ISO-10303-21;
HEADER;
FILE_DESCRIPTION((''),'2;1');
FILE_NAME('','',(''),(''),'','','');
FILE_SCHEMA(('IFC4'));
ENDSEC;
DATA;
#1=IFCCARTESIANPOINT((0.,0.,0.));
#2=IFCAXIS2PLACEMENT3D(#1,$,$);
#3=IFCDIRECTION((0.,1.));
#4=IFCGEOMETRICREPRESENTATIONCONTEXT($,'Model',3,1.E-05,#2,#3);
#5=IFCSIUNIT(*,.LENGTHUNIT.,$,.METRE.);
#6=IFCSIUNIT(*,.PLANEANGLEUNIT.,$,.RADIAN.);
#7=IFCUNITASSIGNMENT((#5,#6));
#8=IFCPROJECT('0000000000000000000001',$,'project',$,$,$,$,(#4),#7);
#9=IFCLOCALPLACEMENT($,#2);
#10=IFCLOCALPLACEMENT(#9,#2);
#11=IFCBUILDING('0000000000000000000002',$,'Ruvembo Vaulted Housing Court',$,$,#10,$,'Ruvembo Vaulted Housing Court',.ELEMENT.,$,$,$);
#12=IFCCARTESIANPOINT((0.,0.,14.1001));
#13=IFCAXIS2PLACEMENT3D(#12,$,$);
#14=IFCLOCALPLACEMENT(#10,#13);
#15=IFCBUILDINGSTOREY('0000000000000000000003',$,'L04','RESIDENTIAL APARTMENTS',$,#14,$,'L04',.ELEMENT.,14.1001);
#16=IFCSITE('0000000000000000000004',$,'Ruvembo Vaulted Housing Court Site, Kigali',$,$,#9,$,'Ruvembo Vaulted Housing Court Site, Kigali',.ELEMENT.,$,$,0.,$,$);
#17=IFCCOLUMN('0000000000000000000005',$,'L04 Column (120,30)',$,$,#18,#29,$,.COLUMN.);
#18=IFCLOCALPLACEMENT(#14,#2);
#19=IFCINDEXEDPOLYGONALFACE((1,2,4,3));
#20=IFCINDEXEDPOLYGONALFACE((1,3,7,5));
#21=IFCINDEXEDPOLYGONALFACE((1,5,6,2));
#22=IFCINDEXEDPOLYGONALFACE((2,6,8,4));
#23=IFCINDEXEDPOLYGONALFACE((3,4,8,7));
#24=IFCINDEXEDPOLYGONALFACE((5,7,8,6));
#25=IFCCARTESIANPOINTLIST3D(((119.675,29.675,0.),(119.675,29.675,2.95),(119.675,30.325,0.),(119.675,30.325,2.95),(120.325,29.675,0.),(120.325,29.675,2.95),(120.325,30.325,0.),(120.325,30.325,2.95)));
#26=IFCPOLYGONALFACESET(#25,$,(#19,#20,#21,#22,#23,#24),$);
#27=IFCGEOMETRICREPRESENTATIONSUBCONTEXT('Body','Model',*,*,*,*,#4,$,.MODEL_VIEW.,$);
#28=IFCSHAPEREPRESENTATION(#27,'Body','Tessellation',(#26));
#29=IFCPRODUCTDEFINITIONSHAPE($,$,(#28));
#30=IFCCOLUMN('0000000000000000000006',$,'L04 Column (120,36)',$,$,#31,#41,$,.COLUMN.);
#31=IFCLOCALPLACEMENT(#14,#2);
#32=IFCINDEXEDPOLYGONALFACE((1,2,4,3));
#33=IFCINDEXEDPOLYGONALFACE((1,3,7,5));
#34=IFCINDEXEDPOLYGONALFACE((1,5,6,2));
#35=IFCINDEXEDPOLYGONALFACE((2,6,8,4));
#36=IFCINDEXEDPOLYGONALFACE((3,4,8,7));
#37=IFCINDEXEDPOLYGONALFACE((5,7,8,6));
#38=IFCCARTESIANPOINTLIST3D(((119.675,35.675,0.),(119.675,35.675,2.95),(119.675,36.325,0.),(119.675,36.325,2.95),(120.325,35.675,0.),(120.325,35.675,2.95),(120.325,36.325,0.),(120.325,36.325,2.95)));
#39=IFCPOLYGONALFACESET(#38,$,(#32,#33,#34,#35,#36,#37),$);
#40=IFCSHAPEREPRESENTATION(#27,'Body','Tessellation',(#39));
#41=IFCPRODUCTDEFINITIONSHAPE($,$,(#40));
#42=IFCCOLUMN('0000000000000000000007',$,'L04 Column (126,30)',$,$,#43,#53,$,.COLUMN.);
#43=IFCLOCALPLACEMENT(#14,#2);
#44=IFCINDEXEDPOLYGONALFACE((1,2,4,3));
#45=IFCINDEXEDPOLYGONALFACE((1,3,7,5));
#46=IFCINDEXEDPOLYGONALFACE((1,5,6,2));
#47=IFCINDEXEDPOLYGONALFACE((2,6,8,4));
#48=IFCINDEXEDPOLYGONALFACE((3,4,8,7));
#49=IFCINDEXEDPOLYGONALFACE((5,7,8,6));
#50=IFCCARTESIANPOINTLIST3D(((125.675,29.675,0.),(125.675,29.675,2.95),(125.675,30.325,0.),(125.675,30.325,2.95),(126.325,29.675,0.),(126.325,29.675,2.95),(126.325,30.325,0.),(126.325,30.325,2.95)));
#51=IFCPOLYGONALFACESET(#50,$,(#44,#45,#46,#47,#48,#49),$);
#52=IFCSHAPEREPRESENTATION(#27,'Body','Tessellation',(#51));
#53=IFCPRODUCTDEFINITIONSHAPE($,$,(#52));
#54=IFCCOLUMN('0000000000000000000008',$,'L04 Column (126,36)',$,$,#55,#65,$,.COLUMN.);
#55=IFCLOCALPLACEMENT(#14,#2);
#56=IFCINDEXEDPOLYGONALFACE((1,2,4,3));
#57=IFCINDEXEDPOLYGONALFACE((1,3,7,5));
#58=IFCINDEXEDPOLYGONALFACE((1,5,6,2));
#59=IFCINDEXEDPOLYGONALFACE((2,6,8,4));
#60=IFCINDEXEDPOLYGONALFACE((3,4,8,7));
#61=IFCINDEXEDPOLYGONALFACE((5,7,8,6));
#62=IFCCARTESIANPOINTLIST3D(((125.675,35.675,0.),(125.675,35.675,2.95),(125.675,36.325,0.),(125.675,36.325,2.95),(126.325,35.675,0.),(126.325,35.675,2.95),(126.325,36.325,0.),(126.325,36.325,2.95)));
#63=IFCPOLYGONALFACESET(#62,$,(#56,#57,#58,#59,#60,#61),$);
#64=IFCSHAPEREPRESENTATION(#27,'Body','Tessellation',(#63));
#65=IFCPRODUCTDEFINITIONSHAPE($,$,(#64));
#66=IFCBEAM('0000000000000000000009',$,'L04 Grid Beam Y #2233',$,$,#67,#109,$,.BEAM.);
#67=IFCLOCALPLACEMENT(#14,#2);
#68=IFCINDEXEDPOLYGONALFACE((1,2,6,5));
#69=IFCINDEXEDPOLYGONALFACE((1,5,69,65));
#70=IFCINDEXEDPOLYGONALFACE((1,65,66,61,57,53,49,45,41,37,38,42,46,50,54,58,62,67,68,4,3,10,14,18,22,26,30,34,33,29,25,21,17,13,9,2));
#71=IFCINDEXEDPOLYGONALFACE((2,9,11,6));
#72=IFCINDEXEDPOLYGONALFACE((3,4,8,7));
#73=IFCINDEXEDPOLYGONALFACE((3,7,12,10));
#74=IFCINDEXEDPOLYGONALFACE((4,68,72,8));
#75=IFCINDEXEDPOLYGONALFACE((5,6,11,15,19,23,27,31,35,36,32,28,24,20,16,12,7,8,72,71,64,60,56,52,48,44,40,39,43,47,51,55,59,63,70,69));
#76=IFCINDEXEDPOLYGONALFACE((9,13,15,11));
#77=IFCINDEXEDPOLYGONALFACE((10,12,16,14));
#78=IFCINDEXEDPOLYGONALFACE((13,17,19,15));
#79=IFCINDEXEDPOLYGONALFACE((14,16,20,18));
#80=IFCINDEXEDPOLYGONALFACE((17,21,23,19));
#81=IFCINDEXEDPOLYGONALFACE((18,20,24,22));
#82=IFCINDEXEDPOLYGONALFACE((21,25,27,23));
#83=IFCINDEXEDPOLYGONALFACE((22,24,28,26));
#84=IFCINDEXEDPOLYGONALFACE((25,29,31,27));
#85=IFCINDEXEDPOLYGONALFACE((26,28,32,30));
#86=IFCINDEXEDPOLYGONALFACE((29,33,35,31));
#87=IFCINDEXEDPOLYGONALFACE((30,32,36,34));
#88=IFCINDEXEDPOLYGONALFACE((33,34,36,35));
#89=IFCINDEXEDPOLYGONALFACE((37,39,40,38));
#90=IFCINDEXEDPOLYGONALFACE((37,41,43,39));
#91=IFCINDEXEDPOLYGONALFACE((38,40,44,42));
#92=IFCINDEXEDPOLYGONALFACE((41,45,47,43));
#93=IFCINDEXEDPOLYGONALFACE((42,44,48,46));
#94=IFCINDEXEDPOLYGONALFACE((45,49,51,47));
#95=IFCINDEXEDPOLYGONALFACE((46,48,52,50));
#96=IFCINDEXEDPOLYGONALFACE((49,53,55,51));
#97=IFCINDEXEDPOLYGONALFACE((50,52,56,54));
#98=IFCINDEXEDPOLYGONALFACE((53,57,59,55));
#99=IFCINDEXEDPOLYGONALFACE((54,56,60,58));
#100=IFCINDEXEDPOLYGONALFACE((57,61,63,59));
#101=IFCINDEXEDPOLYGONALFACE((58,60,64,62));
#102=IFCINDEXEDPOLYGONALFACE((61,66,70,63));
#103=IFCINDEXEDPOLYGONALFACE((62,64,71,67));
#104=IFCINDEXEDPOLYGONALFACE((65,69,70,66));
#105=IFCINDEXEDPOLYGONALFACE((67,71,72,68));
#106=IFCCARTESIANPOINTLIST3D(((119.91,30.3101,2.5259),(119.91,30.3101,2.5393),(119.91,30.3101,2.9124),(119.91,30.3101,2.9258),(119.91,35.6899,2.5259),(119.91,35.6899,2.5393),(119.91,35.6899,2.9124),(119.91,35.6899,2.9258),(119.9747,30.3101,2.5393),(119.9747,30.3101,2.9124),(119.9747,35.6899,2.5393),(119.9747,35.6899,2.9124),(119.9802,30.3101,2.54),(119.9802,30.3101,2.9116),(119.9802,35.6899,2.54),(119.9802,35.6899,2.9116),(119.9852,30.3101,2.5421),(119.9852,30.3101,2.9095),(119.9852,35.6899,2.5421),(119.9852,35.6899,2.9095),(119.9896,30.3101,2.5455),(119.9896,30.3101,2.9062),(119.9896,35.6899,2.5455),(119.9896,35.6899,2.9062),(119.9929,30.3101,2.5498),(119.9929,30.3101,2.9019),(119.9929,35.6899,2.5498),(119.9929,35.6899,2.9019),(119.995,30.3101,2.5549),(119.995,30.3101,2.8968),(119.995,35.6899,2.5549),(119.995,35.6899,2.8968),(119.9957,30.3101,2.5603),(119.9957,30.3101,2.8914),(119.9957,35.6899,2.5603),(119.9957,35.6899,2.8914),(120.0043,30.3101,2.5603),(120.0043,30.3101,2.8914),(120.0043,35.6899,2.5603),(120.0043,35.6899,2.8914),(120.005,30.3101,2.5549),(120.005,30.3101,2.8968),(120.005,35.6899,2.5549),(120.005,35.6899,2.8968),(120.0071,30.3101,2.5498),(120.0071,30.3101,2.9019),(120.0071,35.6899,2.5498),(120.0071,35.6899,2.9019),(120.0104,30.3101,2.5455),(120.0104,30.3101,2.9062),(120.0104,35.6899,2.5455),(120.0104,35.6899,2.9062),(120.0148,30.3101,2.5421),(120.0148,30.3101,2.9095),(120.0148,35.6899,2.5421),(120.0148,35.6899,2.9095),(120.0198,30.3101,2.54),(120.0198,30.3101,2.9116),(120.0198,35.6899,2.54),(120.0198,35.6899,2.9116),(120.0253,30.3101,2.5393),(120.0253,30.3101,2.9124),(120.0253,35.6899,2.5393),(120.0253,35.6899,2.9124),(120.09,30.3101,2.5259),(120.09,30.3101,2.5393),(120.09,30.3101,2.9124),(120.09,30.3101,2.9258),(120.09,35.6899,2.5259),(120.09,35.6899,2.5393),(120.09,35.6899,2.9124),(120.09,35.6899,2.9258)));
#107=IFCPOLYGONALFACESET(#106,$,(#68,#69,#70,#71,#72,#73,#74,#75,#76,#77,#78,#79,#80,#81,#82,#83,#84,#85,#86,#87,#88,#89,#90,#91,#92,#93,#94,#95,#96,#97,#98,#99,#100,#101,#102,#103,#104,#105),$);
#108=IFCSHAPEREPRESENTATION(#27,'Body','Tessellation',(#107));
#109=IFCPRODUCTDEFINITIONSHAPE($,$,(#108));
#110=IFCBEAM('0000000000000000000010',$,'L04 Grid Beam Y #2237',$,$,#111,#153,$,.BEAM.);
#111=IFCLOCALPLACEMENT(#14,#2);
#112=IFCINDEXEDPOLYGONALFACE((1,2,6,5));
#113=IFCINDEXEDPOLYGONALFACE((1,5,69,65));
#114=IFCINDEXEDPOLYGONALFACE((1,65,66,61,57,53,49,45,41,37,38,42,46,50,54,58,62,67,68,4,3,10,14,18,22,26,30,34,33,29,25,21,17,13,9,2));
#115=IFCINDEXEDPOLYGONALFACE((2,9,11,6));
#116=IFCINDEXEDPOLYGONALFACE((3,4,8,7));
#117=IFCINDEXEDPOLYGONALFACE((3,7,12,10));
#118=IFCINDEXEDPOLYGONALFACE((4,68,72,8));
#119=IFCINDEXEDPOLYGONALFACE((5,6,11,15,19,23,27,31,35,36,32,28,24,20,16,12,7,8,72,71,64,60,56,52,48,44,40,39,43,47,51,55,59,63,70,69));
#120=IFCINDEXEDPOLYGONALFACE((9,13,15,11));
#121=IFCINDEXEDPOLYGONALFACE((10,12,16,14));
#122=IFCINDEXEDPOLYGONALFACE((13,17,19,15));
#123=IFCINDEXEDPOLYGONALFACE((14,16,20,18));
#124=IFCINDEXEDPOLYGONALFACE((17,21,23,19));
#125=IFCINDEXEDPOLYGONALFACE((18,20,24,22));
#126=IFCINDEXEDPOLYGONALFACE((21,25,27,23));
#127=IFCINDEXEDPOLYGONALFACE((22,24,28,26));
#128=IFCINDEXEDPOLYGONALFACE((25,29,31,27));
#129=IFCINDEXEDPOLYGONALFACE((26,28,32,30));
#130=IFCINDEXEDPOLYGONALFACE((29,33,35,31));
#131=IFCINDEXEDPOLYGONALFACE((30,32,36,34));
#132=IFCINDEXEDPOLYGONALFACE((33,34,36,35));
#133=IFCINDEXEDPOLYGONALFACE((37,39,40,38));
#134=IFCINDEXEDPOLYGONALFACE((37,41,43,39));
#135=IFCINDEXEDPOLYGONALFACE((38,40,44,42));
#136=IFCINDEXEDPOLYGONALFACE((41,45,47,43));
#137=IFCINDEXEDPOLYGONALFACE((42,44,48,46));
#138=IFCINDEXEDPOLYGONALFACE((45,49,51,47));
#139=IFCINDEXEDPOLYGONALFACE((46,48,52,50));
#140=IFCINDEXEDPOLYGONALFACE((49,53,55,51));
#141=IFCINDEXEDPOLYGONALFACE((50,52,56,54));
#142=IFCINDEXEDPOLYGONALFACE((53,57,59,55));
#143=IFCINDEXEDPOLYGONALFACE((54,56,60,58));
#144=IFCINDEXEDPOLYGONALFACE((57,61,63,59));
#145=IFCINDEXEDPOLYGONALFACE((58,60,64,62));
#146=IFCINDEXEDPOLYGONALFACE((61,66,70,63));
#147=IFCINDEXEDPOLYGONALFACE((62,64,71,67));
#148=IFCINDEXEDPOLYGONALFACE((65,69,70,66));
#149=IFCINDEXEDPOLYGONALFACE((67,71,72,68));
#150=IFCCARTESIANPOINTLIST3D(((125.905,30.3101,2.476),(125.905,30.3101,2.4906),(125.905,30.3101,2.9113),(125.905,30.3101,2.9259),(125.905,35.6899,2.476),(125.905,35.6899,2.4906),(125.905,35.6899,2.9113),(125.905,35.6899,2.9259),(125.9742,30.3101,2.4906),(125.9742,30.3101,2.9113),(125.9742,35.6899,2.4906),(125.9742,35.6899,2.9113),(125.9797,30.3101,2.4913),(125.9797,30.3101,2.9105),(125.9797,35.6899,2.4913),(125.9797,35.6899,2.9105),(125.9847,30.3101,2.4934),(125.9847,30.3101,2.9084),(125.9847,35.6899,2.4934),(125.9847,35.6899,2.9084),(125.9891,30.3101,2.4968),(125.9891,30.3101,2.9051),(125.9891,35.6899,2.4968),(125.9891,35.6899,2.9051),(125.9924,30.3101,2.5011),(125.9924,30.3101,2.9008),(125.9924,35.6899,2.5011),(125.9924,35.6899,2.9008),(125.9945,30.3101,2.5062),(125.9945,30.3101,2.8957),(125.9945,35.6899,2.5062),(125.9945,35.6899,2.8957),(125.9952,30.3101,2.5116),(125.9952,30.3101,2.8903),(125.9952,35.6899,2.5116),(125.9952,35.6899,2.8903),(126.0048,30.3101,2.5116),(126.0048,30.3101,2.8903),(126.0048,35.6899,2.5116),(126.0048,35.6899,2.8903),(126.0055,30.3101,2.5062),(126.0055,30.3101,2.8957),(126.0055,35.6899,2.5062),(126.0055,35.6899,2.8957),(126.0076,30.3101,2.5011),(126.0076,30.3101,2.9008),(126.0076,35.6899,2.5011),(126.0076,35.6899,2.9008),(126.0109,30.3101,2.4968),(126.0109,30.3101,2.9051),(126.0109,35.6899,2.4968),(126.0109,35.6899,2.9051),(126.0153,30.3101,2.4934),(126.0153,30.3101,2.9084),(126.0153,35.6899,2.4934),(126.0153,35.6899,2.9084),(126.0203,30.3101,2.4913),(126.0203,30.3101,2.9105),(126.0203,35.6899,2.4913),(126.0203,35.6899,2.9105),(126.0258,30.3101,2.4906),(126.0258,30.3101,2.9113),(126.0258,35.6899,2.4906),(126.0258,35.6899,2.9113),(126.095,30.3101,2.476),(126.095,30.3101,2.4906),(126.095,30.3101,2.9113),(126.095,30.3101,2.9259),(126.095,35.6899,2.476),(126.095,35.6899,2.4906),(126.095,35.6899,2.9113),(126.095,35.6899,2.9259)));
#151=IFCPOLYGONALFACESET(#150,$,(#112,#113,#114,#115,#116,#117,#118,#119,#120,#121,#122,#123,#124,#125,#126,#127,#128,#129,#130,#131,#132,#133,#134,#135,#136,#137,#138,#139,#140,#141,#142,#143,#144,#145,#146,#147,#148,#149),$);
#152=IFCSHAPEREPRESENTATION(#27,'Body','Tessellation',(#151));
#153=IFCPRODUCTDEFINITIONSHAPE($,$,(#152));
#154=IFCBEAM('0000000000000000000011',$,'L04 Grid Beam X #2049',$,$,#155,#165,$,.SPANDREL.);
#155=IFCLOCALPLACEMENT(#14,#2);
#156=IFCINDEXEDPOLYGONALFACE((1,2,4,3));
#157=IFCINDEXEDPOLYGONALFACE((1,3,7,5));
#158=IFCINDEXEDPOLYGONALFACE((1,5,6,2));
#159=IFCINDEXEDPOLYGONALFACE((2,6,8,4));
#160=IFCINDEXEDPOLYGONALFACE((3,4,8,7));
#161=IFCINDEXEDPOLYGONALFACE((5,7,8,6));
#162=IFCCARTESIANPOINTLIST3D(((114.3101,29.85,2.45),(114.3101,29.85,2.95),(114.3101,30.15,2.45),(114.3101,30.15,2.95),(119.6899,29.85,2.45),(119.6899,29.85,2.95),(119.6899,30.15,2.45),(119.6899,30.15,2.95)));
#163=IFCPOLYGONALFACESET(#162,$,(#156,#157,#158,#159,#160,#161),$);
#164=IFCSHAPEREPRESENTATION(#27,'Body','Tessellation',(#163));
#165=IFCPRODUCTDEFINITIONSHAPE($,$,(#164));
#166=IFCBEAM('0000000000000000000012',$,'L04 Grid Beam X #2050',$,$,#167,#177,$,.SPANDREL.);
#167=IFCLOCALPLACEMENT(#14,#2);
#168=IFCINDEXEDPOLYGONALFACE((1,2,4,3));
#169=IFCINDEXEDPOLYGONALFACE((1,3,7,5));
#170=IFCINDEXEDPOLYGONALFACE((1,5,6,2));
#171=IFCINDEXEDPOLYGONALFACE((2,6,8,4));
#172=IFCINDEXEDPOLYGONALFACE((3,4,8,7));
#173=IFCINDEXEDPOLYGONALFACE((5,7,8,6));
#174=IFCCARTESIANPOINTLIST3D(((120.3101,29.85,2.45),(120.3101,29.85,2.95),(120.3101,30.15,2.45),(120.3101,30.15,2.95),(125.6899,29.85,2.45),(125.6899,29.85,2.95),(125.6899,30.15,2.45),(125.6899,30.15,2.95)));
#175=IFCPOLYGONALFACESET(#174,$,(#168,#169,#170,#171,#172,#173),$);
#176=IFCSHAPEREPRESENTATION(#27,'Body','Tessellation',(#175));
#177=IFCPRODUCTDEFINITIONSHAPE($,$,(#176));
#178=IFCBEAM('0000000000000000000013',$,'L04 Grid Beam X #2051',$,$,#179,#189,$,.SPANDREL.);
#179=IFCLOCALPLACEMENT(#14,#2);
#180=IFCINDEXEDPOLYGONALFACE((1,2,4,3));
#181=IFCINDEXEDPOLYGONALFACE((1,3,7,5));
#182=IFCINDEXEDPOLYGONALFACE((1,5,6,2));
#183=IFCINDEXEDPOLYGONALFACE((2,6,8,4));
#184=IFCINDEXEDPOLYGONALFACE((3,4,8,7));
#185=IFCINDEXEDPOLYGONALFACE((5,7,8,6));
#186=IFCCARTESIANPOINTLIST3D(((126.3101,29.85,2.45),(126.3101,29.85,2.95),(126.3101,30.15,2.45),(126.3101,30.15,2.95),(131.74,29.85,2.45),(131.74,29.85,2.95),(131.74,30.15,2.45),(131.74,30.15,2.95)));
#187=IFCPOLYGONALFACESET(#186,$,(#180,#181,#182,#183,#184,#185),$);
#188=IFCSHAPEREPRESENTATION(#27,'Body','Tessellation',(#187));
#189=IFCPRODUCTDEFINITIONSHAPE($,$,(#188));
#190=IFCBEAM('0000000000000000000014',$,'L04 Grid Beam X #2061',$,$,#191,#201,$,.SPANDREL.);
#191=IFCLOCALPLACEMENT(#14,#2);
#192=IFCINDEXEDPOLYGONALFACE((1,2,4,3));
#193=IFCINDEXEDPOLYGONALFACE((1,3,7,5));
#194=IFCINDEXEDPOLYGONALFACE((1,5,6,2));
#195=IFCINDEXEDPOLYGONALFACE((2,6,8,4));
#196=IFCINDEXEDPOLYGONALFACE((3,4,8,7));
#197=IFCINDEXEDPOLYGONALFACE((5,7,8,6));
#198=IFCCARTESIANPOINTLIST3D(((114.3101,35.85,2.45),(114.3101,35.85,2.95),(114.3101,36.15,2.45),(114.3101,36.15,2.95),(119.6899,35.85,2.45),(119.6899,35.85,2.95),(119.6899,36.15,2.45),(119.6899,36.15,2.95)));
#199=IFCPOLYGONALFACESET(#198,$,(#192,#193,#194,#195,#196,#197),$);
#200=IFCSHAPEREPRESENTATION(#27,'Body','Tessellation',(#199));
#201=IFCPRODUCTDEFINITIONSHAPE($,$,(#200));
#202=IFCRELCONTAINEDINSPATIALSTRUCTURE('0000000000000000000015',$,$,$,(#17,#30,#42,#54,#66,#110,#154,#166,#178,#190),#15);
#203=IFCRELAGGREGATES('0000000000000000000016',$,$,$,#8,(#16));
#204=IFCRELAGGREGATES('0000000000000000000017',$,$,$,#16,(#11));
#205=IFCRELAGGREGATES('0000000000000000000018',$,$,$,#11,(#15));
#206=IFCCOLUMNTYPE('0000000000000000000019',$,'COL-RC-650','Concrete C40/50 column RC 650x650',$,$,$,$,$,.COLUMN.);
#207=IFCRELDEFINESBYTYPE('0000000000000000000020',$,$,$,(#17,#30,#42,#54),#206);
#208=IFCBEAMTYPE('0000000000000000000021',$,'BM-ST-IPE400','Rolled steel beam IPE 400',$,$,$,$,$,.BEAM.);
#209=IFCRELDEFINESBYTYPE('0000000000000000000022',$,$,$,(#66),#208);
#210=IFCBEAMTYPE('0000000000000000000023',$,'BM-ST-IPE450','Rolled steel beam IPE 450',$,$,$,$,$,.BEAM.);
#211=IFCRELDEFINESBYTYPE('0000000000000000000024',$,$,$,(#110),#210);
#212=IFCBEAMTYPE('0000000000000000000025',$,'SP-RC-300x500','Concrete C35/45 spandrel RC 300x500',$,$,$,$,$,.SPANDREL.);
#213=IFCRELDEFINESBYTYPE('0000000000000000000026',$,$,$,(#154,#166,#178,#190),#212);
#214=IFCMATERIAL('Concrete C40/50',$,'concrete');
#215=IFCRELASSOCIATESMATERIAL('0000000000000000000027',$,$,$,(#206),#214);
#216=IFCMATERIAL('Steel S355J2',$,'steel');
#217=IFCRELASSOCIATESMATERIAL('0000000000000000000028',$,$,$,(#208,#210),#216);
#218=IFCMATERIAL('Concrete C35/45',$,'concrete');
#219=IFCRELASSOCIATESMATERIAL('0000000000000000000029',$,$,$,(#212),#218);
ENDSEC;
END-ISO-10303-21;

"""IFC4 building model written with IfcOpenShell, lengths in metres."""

from ifc_helpers import new_model, si_unit, direction, frame, origin, origin_2d, place, context, subcontext, project, spatial, rectangle, i_section, extrude, material, material_profile, profile_set, type_object, element, save


model = new_model("IFC4")

# Units and contexts
model_context = context("Model", 3, precision=1e-05, world=origin(), true_north=direction((0.0, 1.0)))
body_context = subcontext(model_context, "Body", "Model", "MODEL_VIEW")
ifc_project = project(units=[si_unit("LENGTHUNIT", "METRE"), si_unit("PLANEANGLEUNIT", "RADIAN")], contexts=[model_context])

# Site, building, storey
site_placement = place(None, origin())
site = spatial("IfcSite", under=ifc_project, at=site_placement, Name="Ruvembo Vaulted Housing Court Site, Kigali", LongName="Ruvembo Vaulted Housing Court Site, Kigali", CompositionType="ELEMENT", RefElevation=0.0)
building_placement = place(site_placement, origin())
building = spatial("IfcBuilding", under=site, at=building_placement, Name="Ruvembo Vaulted Housing Court", LongName="Ruvembo Vaulted Housing Court", CompositionType="ELEMENT")
storey_placement = place(building_placement, frame((0.0, 0.0, 14.1001)))
storey = spatial("IfcBuildingStorey", under=building, at=storey_placement, Name="L04", Description="RESIDENTIAL APARTMENTS", LongName="L04", CompositionType="ELEMENT", Elevation=14.1001)

# Columns
ifc_material_1 = material(Name="Concrete C40/50", Category="concrete")
ifc_material_profile_1 = material_profile(ifc_material_1, rectangle(XDim=0.6499, YDim=0.6499, at=origin_2d()), Name="RC 650x650")
ifc_profile_set_1 = profile_set([ifc_material_profile_1], Name="Concrete C40/50")
column_type = type_object("IfcColumnType", Name="COL-RC-650", Description="Concrete C40/50 column RC 650x650", PredefinedType="COLUMN", material=ifc_profile_set_1)
for number, where, z_axis, x_axis, name in (
    (1, (120.0, 30.0, 0.0), (0.0, 0.0, 1.0), (1.0, 0.0, 0.0), "L04 Column (120,30)"),
    (2, (120.0, 36.0, 0.0), (0.0, 0.0, 1.0), (1.0, 0.0, 0.0), "L04 Column (120,36)"),
    (3, (126.0, 30.0, 0.0), (0.0, 0.0, 1.0), (1.0, 0.0, 0.0), "L04 Column (126,30)"),
    (4, (126.0, 36.0, 0.0), (0.0, 0.0, 1.0), (1.0, 0.0, 0.0), "L04 Column (126,36)"),
):
    element("IfcColumn", number, at=place(storey_placement, frame(where, z_axis=z_axis, x_axis=x_axis)), inside=storey, type_object=column_type, Name=name, PredefinedType="COLUMN", context=body_context, shape_type="SweptSolid", body=[
        extrude(rectangle(XDim=0.6499, YDim=0.6499, at=origin_2d()), origin(), (0.0, 0.0, 1.0), 2.95),
    ])

# Beams
ifc_material_2 = material(Name="Steel S355J2", Category="steel")
ifc_material_profile_2 = material_profile(ifc_material_2, i_section(OverallWidth=0.1799, OverallDepth=0.3999, WebThickness=0.0085, FlangeThickness=0.0134, FilletRadius=0.021, at=origin_2d()), Name="IPE 400")
ifc_profile_set_2 = profile_set([ifc_material_profile_2], Name="Steel S355J2")
beam_type_1 = type_object("IfcBeamType", Name="BM-ST-IPE400", Description="Rolled steel beam IPE 400", PredefinedType="BEAM", material=ifc_profile_set_2)
beam_1_placement = place(storey_placement, frame((120.0, 30.3101, 2.7258), z_axis=(0.0, 1.0, 0.0), x_axis=(-1.0, 0.0, 0.0)))
element("IfcBeam", 5, at=beam_1_placement, inside=storey, type_object=beam_type_1, Name="L04 Grid Beam Y #2233", PredefinedType="BEAM", context=body_context, shape_type="SweptSolid", body=[
    extrude(i_section(OverallWidth=0.1799, OverallDepth=0.3999, WebThickness=0.0085, FlangeThickness=0.0134, FilletRadius=0.021, at=origin_2d()), origin(), (0.0, 0.0, 1.0), 5.3799),
])
ifc_material_profile_3 = material_profile(ifc_material_2, i_section(OverallWidth=0.1899, OverallDepth=0.45, WebThickness=0.0095, FlangeThickness=0.0146, FilletRadius=0.021, at=origin_2d()), Name="IPE 450")
ifc_profile_set_3 = profile_set([ifc_material_profile_3], Name="Steel S355J2")
beam_type_2 = type_object("IfcBeamType", Name="BM-ST-IPE450", Description="Rolled steel beam IPE 450", PredefinedType="BEAM", material=ifc_profile_set_3)
beam_2_placement = place(storey_placement, frame((126.0, 30.3101, 2.7009), z_axis=(0.0, 1.0, 0.0), x_axis=(-1.0, 0.0, 0.0)))
element("IfcBeam", 6, at=beam_2_placement, inside=storey, type_object=beam_type_2, Name="L04 Grid Beam Y #2237", PredefinedType="BEAM", context=body_context, shape_type="SweptSolid", body=[
    extrude(i_section(OverallWidth=0.1899, OverallDepth=0.45, WebThickness=0.0095, FlangeThickness=0.0146, FilletRadius=0.021, at=origin_2d()), origin(), (0.0, 0.0, 1.0), 5.3799),
])
ifc_material_3 = material(Name="Concrete C35/45", Category="concrete")
ifc_material_profile_4 = material_profile(ifc_material_3, rectangle(XDim=0.3, YDim=0.5, at=origin_2d()), Name="RC 300x500")
ifc_profile_set_4 = profile_set([ifc_material_profile_4], Name="Concrete C35/45")
beam_type_3 = type_object("IfcBeamType", Name="SP-RC-300x500", Description="Concrete C35/45 spandrel RC 300x500", PredefinedType="SPANDREL", material=ifc_profile_set_4)
for number, where, z_axis, x_axis, name in (
    (7, (114.3101, 30.0, 2.7), (1.0, 0.0, 0.0), (0.0, 1.0, 0.0), "L04 Grid Beam X #2049"),
    (8, (120.3101, 30.0, 2.7), (1.0, 0.0, 0.0), (0.0, 1.0, 0.0), "L04 Grid Beam X #2050"),
):
    element("IfcBeam", number, at=place(storey_placement, frame(where, z_axis=z_axis, x_axis=x_axis)), inside=storey, type_object=beam_type_3, Name=name, PredefinedType="SPANDREL", context=body_context, shape_type="SweptSolid", body=[
        extrude(rectangle(XDim=0.3, YDim=0.5, at=origin_2d()), origin(), (0.0, 0.0, 1.0), 5.3799),
    ])
beam_3_placement = place(storey_placement, frame((126.3101, 30.0, 2.7), z_axis=(1.0, 0.0, 0.0), x_axis=(0.0, 1.0, 0.0)))
element("IfcBeam", 9, at=beam_3_placement, inside=storey, type_object=beam_type_3, Name="L04 Grid Beam X #2051", PredefinedType="SPANDREL", context=body_context, shape_type="SweptSolid", body=[
    extrude(rectangle(XDim=0.3, YDim=0.5, at=origin_2d()), origin(), (0.0, 0.0, 1.0), 5.4299),
])
for number, where, z_axis, x_axis, name in (
    (10, (114.3101, 36.0, 2.7), (1.0, 0.0, 0.0), (0.0, 1.0, 0.0), "L04 Grid Beam X #2061"),
):
    element("IfcBeam", number, at=place(storey_placement, frame(where, z_axis=z_axis, x_axis=x_axis)), inside=storey, type_object=beam_type_3, Name=name, PredefinedType="SPANDREL", context=body_context, shape_type="SweptSolid", body=[
        extrude(rectangle(XDim=0.3, YDim=0.5, at=origin_2d()), origin(), (0.0, 0.0, 1.0), 5.3799),
    ])

save(model, "model.ifc")
